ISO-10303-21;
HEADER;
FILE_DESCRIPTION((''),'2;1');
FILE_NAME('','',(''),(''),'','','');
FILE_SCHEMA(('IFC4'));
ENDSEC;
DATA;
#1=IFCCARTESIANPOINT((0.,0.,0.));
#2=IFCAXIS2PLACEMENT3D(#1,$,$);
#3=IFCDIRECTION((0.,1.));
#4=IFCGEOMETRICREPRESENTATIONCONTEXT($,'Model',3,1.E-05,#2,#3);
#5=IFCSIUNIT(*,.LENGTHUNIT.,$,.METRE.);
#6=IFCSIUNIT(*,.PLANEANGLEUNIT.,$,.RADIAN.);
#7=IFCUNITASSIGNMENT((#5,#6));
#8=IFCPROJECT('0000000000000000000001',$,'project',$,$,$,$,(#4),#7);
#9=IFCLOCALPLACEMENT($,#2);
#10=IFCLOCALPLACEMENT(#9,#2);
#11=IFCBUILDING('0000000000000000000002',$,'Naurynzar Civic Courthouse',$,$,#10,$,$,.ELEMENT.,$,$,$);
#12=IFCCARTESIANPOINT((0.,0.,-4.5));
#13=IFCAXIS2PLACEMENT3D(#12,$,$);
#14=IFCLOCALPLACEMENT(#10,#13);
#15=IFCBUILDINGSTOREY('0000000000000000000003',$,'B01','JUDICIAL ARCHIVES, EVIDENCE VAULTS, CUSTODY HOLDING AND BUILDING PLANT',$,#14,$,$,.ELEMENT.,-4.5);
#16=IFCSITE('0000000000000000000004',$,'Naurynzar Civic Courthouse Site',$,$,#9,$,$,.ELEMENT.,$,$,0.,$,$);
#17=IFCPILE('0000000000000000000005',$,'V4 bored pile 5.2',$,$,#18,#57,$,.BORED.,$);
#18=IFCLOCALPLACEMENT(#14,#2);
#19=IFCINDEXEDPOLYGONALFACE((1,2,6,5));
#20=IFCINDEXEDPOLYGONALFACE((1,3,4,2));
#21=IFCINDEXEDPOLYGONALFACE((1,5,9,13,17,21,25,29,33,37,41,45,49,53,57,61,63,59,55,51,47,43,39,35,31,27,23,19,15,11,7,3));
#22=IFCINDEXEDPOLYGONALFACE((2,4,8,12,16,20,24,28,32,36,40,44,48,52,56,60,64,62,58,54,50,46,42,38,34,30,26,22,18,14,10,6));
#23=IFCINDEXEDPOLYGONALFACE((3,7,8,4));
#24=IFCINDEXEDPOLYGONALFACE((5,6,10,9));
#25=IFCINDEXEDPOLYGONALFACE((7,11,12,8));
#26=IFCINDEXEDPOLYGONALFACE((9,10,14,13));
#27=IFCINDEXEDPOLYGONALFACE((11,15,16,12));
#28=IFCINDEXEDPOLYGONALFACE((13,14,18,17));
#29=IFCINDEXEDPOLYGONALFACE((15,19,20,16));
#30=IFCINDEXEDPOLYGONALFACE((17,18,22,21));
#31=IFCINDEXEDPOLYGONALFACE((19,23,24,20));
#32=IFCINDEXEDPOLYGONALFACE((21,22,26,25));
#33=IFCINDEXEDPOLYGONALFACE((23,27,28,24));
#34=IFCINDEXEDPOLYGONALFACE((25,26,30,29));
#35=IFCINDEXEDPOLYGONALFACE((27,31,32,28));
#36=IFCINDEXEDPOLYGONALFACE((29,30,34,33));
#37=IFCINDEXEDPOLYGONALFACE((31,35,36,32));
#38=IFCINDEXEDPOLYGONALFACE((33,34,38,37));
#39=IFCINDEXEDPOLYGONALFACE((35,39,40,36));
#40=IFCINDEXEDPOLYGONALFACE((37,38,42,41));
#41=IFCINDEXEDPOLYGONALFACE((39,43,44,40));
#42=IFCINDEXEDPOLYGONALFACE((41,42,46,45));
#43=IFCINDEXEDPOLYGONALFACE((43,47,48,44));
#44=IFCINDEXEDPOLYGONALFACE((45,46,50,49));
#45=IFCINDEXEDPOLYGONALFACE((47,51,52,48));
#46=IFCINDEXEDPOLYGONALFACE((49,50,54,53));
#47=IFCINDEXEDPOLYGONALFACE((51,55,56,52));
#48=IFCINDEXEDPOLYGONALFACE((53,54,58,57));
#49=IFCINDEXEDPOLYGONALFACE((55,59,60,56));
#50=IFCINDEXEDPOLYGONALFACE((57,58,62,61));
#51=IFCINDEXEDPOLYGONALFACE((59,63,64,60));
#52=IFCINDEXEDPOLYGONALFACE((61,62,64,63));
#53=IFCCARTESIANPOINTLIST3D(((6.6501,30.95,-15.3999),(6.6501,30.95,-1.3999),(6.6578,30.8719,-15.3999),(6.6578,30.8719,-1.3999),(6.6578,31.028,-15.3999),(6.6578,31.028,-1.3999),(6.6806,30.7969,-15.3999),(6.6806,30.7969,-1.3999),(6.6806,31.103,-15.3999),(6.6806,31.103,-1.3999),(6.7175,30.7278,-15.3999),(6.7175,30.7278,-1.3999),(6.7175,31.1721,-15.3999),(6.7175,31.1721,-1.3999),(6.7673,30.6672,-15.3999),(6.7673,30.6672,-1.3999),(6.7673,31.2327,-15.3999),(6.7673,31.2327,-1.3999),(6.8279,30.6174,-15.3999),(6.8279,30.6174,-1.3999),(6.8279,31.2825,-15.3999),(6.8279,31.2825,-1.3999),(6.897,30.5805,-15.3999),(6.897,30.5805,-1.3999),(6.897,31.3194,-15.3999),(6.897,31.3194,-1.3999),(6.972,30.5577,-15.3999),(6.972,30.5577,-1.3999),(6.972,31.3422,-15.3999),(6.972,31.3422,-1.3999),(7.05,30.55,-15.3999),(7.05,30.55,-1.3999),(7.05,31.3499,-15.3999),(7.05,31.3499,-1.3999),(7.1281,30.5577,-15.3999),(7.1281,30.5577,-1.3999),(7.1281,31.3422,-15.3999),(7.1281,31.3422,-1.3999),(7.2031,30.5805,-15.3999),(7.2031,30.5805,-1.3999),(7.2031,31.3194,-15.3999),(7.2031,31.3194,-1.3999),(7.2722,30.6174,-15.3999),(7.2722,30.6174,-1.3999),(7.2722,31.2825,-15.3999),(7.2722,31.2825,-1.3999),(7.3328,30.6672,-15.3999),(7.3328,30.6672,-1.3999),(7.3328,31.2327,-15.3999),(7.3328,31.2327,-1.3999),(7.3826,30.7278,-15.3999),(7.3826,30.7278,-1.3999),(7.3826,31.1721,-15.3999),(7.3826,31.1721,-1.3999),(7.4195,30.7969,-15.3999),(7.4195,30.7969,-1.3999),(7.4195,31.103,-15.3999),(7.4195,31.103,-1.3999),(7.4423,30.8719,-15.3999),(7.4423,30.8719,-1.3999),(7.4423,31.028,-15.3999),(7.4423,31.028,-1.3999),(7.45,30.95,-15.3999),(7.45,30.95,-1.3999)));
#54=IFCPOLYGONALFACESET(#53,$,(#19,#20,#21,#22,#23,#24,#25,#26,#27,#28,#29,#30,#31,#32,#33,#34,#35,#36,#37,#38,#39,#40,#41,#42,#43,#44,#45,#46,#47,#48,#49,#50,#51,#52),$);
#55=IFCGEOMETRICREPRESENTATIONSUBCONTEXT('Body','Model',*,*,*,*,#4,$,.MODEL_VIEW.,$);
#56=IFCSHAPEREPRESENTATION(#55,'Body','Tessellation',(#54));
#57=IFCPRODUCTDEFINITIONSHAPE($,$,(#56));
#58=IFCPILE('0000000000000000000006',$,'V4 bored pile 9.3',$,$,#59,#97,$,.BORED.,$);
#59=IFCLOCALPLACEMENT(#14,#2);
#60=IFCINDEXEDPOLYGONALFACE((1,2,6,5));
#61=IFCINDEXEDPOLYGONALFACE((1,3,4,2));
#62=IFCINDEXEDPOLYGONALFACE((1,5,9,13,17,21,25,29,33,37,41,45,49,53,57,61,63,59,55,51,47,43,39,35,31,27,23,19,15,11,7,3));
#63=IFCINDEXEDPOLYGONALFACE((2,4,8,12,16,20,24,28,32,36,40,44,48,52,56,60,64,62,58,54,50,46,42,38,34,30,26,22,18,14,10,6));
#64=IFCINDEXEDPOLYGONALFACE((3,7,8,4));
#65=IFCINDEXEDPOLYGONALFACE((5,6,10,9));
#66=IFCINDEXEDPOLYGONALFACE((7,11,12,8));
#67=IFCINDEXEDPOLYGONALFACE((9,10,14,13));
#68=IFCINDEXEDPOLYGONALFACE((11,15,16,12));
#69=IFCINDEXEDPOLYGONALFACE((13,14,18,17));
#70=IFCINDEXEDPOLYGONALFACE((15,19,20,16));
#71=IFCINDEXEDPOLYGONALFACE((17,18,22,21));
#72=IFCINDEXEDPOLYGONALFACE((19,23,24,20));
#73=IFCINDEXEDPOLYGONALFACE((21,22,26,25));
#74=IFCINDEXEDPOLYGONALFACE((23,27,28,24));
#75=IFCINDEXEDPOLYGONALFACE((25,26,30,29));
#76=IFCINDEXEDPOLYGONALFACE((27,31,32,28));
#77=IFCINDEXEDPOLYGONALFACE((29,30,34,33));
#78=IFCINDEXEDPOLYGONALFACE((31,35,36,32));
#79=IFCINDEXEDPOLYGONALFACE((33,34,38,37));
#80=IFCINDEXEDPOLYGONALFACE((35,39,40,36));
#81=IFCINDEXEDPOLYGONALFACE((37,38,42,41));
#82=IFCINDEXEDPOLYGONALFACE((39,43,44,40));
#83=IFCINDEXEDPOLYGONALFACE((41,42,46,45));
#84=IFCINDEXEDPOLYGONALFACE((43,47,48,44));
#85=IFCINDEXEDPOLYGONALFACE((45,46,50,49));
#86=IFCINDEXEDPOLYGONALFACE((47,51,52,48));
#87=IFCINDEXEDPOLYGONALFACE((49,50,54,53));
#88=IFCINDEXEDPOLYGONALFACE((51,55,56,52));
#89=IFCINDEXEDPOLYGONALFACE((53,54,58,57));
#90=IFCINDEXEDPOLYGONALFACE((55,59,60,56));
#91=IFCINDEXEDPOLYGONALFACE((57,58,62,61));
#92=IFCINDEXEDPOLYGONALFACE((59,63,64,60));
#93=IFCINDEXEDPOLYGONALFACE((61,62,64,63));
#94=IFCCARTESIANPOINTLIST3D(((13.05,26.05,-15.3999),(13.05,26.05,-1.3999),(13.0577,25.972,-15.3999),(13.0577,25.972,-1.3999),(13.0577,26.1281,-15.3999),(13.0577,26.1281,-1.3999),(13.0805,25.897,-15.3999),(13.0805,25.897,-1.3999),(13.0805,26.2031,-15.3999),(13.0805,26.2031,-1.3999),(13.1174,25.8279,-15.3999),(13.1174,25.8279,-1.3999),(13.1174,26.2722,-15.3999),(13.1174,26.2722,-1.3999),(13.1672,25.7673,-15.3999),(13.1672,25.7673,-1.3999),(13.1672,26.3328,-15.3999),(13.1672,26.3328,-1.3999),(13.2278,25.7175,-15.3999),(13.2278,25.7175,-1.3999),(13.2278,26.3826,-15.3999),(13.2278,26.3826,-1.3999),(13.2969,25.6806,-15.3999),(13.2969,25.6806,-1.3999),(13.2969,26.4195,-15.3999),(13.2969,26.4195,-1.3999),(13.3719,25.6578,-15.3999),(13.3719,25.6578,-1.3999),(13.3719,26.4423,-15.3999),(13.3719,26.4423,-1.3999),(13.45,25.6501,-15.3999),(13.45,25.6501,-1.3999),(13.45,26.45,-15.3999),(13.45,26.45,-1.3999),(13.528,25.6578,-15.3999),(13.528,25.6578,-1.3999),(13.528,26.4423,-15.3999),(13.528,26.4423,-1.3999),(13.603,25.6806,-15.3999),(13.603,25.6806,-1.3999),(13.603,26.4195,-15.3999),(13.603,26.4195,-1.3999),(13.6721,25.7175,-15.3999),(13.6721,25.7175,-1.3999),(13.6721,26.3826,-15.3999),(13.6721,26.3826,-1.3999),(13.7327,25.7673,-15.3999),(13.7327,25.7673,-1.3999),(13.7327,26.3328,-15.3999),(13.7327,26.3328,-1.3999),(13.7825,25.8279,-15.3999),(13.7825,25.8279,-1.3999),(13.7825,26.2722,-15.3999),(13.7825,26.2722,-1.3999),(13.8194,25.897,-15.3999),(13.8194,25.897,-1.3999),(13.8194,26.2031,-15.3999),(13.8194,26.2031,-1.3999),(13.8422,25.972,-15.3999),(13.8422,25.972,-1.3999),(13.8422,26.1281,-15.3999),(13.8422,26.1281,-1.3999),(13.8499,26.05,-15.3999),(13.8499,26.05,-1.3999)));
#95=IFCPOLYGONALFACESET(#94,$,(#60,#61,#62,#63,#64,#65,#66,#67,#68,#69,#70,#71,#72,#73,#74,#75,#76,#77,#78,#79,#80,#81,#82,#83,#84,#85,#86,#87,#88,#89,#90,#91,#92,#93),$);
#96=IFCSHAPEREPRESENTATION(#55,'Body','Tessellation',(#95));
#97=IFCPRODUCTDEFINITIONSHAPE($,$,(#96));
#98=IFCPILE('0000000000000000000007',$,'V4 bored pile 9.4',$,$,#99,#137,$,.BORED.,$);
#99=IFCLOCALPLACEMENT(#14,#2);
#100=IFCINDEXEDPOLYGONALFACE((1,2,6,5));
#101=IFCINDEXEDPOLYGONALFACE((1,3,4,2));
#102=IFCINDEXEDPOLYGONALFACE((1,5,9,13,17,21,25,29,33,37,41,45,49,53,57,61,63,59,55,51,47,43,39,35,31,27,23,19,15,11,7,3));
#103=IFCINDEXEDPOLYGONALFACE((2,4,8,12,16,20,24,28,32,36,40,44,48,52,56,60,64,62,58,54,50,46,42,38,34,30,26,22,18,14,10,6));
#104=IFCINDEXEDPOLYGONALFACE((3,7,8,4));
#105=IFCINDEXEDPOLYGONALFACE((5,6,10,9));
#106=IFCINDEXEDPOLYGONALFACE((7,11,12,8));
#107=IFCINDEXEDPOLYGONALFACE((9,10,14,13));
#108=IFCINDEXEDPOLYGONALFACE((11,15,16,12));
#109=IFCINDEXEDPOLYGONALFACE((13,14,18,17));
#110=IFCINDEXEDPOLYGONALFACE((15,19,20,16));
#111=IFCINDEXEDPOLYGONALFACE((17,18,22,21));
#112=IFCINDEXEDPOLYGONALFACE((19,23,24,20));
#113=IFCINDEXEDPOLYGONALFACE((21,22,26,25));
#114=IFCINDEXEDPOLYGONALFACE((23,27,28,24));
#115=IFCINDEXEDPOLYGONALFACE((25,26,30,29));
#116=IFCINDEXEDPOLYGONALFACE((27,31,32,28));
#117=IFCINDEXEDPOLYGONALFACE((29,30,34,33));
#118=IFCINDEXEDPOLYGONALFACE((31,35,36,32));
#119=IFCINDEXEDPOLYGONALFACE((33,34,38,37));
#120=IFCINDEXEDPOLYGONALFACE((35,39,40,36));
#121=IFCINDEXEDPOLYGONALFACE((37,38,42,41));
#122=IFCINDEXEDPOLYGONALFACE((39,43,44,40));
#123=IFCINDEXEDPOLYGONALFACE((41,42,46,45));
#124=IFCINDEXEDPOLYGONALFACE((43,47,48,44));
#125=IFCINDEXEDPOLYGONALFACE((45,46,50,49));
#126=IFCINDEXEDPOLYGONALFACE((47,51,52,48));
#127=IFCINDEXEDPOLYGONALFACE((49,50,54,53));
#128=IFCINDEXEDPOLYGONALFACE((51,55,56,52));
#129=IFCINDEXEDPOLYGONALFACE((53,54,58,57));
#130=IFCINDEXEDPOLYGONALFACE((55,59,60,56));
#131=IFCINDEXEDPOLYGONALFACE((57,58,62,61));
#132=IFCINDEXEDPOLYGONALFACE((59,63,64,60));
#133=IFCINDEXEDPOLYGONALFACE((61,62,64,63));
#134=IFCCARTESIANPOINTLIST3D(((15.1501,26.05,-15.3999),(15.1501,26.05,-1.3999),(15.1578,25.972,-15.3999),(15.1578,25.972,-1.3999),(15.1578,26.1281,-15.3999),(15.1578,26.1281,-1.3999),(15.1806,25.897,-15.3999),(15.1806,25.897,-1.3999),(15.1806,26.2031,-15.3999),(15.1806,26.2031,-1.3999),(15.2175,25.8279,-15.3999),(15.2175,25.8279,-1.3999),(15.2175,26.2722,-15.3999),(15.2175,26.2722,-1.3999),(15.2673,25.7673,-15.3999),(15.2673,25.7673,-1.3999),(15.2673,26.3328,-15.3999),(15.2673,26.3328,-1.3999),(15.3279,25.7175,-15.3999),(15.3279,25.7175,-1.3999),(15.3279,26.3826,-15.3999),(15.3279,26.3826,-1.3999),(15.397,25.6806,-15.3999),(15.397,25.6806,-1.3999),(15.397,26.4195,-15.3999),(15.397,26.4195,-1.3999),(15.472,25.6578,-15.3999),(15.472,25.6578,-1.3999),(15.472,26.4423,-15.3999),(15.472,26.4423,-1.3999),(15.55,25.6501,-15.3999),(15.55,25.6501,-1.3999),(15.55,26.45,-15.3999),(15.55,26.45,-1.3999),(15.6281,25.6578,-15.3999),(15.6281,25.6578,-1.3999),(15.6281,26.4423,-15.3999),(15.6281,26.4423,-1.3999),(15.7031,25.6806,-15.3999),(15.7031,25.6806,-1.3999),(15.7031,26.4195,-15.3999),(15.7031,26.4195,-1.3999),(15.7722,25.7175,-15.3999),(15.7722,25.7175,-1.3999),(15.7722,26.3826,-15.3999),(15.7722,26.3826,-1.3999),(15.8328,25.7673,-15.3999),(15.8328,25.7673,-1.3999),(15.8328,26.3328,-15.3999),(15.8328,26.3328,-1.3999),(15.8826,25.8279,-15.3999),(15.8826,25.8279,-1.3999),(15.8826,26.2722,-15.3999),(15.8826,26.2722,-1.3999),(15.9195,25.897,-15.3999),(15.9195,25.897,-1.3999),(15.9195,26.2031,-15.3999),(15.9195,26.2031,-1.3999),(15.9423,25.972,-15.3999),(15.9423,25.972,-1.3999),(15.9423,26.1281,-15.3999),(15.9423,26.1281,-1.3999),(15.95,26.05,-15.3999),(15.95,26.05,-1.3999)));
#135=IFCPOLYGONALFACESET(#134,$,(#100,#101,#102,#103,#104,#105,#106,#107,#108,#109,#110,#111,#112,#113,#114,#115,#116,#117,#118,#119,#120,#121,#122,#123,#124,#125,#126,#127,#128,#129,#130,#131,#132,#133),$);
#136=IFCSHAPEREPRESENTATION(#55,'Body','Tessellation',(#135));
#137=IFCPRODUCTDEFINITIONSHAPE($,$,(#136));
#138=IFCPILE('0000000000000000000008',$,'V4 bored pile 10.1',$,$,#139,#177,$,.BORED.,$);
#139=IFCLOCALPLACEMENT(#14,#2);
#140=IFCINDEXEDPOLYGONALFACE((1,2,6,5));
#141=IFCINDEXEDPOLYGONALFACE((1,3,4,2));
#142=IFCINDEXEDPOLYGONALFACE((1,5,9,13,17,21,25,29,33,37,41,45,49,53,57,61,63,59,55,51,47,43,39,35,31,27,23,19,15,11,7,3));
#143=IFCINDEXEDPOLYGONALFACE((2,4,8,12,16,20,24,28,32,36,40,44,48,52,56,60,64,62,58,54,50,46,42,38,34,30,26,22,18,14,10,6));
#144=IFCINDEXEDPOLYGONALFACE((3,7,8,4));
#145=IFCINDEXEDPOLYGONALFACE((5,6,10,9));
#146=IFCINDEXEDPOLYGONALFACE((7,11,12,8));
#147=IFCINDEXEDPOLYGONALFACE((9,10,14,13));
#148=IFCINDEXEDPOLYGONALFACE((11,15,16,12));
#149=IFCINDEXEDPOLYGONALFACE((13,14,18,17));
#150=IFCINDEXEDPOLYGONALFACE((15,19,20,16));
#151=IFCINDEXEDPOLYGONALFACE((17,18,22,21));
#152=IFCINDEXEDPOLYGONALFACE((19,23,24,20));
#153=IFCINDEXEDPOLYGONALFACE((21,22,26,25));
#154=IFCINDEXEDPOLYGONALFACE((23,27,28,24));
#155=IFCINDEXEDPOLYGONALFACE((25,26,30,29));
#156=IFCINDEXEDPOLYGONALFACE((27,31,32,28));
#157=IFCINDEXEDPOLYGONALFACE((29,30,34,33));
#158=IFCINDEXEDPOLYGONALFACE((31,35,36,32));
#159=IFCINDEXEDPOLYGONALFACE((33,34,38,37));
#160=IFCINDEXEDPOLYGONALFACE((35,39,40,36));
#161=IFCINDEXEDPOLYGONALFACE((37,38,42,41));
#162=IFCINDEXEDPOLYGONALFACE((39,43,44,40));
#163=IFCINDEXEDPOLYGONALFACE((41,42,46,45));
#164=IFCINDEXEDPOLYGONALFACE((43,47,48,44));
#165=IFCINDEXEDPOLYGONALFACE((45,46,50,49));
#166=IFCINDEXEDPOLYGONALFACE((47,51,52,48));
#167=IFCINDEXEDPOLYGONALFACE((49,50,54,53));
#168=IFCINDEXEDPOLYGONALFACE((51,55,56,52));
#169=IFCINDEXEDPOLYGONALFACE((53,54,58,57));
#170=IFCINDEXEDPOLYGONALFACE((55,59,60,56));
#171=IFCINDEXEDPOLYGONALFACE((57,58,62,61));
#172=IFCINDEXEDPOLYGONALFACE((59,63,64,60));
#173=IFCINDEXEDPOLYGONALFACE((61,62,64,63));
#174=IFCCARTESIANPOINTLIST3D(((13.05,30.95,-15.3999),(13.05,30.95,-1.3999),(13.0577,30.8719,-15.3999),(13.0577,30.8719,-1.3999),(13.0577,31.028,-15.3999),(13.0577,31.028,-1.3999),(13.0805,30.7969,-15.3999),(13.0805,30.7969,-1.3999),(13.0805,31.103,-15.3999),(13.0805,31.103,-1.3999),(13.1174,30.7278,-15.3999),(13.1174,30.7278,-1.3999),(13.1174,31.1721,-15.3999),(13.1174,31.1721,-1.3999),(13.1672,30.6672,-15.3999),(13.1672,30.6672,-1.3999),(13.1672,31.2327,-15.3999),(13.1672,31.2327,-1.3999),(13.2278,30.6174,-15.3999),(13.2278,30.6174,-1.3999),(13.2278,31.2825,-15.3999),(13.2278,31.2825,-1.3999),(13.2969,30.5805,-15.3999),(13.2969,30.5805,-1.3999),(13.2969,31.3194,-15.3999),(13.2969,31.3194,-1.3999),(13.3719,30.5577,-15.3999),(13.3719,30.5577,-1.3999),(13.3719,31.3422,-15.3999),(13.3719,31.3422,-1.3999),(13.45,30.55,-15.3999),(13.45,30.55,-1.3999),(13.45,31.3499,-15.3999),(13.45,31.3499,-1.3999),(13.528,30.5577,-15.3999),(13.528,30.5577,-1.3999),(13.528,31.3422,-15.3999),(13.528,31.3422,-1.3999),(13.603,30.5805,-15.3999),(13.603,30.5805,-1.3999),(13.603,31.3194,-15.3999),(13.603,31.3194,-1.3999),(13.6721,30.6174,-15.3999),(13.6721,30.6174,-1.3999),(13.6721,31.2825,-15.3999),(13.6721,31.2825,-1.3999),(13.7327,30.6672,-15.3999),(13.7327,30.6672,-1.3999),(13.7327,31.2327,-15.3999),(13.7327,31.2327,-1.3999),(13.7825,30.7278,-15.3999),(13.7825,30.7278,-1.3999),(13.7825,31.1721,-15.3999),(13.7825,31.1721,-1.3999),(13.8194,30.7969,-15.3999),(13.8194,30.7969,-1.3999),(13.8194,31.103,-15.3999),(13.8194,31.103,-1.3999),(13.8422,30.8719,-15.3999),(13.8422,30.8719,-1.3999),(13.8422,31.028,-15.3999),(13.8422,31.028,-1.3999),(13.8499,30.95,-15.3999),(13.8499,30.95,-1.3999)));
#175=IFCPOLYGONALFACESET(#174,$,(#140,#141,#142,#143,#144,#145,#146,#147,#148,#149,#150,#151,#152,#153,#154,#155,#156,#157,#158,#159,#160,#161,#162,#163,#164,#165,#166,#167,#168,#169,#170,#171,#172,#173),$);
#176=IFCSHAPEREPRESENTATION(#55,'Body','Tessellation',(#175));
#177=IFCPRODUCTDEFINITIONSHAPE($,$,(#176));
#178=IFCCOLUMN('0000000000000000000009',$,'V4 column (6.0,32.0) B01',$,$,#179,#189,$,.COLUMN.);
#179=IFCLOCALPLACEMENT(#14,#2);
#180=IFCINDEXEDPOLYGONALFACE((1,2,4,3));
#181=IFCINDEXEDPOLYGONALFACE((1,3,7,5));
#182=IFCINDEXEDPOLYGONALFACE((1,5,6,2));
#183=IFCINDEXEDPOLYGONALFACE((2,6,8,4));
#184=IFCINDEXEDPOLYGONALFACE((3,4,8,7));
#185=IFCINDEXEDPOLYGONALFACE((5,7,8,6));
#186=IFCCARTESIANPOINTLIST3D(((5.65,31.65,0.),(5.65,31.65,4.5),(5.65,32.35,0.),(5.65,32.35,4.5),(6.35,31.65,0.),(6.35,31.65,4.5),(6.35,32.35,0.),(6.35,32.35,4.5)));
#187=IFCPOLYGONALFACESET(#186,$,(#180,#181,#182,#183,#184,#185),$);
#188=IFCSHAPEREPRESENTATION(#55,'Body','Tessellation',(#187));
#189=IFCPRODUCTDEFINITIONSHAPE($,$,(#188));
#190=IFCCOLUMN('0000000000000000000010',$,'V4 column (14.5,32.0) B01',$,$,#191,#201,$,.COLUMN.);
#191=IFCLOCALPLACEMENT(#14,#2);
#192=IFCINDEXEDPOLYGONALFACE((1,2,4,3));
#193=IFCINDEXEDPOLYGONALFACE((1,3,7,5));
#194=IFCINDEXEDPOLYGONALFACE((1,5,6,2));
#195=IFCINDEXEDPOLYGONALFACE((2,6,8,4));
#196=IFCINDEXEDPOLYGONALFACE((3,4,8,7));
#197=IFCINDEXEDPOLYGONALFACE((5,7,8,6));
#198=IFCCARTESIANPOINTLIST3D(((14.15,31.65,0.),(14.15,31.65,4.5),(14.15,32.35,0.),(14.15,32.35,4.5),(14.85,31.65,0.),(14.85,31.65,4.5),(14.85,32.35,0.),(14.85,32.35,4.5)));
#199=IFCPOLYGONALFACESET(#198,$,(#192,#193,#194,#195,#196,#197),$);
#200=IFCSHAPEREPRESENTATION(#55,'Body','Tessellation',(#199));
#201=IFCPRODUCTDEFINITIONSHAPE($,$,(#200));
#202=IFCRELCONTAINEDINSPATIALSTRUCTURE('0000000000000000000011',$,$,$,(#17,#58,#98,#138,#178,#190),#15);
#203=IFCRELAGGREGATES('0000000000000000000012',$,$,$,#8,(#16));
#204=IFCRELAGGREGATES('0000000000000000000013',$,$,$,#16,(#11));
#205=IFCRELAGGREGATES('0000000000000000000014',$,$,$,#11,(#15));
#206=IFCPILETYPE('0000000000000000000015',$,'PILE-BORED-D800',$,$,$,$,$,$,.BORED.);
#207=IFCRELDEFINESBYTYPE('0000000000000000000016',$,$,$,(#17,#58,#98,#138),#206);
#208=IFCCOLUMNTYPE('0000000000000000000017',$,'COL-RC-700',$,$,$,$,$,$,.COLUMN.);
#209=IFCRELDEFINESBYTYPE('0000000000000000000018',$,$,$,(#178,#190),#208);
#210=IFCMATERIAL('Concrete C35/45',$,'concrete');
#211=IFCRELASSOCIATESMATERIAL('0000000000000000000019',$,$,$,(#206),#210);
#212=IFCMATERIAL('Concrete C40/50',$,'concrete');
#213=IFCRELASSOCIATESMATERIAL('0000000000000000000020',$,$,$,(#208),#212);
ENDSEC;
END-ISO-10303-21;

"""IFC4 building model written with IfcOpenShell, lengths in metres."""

from ifc_helpers import new_model, si_unit, direction, frame, origin, origin_2d, place, context, subcontext, project, spatial, rectangle, circle, extrude, material, material_profile, profile_set, type_object, element, save


model = new_model("IFC4")

# Units and contexts
model_context = context("Model", 3, precision=1e-05, world=origin(), true_north=direction((0.0, 1.0)))
body_context = subcontext(model_context, "Body", "Model", "MODEL_VIEW")
ifc_project = project(units=[si_unit("LENGTHUNIT", "METRE"), si_unit("PLANEANGLEUNIT", "RADIAN")], contexts=[model_context])

# Site, building, storey
site_placement = place(None, origin())
site = spatial("IfcSite", under=ifc_project, at=site_placement, Name="Naurynzar Civic Courthouse Site", CompositionType="ELEMENT", RefElevation=0.0)
building_placement = place(site_placement, origin())
building = spatial("IfcBuilding", under=site, at=building_placement, Name="Naurynzar Civic Courthouse", CompositionType="ELEMENT")
storey_placement = place(building_placement, frame((0.0, 0.0, -4.5)))
storey = spatial("IfcBuildingStorey", under=building, at=storey_placement, Name="B01", Description="JUDICIAL ARCHIVES, EVIDENCE VAULTS, CUSTODY HOLDING AND BUILDING PLANT", CompositionType="ELEMENT", Elevation=-4.5)

# Piles
ifc_material_1 = material(Name="Concrete C35/45", Category="concrete")
ifc_material_profile_1 = material_profile(ifc_material_1, circle(Radius=0.3999, at=origin_2d()), Name="PILE D800")
ifc_profile_set_1 = profile_set([ifc_material_profile_1], Name="Concrete C35/45")
pile_type = type_object("IfcPileType", Name="PILE-BORED-D800", PredefinedType="BORED", material=ifc_profile_set_1)
for number, where, z_axis, x_axis, name in (
    (1, (7.05, 30.95, -1.3999), (0.0, 0.0, -1.0), (1.0, 0.0, 0.0), "V4 bored pile 5.2"),
    (2, (13.45, 26.05, -1.3999), (0.0, 0.0, -1.0), (1.0, 0.0, 0.0), "V4 bored pile 9.3"),
    (3, (15.55, 26.05, -1.3999), (0.0, 0.0, -1.0), (1.0, 0.0, 0.0), "V4 bored pile 9.4"),
    (4, (13.45, 30.95, -1.3999), (0.0, 0.0, -1.0), (1.0, 0.0, 0.0), "V4 bored pile 10.1"),
):
    element("IfcPile", number, at=place(storey_placement, frame(where, z_axis=z_axis, x_axis=x_axis)), inside=storey, type_object=pile_type, Name=name, PredefinedType="BORED", context=body_context, shape_type="SweptSolid", body=[
        extrude(circle(Radius=0.3999, at=origin_2d()), origin(), (0.0, 0.0, 1.0), 14.0),
    ])

# Columns
ifc_material_2 = material(Name="Concrete C40/50", Category="concrete")
ifc_material_profile_2 = material_profile(ifc_material_2, rectangle(XDim=0.7, YDim=0.7, at=origin_2d()), Name="RC 700x700")
ifc_profile_set_2 = profile_set([ifc_material_profile_2], Name="Concrete C40/50")
column_type = type_object("IfcColumnType", Name="COL-RC-700", PredefinedType="COLUMN", material=ifc_profile_set_2)
for number, where, z_axis, x_axis, name in (
    (5, (6.0, 32.0, 0.0), (0.0, 0.0, 1.0), (1.0, 0.0, 0.0), "V4 column (6.0,32.0) B01"),
    (6, (14.5, 32.0, 0.0), (0.0, 0.0, 1.0), (1.0, 0.0, 0.0), "V4 column (14.5,32.0) B01"),
):
    element("IfcColumn", number, at=place(storey_placement, frame(where, z_axis=z_axis, x_axis=x_axis)), inside=storey, type_object=column_type, Name=name, PredefinedType="COLUMN", context=body_context, shape_type="SweptSolid", body=[
        extrude(rectangle(XDim=0.7, YDim=0.7, at=origin_2d()), origin(), (0.0, 0.0, 1.0), 4.5),
    ])

save(model, "model.ifc")
